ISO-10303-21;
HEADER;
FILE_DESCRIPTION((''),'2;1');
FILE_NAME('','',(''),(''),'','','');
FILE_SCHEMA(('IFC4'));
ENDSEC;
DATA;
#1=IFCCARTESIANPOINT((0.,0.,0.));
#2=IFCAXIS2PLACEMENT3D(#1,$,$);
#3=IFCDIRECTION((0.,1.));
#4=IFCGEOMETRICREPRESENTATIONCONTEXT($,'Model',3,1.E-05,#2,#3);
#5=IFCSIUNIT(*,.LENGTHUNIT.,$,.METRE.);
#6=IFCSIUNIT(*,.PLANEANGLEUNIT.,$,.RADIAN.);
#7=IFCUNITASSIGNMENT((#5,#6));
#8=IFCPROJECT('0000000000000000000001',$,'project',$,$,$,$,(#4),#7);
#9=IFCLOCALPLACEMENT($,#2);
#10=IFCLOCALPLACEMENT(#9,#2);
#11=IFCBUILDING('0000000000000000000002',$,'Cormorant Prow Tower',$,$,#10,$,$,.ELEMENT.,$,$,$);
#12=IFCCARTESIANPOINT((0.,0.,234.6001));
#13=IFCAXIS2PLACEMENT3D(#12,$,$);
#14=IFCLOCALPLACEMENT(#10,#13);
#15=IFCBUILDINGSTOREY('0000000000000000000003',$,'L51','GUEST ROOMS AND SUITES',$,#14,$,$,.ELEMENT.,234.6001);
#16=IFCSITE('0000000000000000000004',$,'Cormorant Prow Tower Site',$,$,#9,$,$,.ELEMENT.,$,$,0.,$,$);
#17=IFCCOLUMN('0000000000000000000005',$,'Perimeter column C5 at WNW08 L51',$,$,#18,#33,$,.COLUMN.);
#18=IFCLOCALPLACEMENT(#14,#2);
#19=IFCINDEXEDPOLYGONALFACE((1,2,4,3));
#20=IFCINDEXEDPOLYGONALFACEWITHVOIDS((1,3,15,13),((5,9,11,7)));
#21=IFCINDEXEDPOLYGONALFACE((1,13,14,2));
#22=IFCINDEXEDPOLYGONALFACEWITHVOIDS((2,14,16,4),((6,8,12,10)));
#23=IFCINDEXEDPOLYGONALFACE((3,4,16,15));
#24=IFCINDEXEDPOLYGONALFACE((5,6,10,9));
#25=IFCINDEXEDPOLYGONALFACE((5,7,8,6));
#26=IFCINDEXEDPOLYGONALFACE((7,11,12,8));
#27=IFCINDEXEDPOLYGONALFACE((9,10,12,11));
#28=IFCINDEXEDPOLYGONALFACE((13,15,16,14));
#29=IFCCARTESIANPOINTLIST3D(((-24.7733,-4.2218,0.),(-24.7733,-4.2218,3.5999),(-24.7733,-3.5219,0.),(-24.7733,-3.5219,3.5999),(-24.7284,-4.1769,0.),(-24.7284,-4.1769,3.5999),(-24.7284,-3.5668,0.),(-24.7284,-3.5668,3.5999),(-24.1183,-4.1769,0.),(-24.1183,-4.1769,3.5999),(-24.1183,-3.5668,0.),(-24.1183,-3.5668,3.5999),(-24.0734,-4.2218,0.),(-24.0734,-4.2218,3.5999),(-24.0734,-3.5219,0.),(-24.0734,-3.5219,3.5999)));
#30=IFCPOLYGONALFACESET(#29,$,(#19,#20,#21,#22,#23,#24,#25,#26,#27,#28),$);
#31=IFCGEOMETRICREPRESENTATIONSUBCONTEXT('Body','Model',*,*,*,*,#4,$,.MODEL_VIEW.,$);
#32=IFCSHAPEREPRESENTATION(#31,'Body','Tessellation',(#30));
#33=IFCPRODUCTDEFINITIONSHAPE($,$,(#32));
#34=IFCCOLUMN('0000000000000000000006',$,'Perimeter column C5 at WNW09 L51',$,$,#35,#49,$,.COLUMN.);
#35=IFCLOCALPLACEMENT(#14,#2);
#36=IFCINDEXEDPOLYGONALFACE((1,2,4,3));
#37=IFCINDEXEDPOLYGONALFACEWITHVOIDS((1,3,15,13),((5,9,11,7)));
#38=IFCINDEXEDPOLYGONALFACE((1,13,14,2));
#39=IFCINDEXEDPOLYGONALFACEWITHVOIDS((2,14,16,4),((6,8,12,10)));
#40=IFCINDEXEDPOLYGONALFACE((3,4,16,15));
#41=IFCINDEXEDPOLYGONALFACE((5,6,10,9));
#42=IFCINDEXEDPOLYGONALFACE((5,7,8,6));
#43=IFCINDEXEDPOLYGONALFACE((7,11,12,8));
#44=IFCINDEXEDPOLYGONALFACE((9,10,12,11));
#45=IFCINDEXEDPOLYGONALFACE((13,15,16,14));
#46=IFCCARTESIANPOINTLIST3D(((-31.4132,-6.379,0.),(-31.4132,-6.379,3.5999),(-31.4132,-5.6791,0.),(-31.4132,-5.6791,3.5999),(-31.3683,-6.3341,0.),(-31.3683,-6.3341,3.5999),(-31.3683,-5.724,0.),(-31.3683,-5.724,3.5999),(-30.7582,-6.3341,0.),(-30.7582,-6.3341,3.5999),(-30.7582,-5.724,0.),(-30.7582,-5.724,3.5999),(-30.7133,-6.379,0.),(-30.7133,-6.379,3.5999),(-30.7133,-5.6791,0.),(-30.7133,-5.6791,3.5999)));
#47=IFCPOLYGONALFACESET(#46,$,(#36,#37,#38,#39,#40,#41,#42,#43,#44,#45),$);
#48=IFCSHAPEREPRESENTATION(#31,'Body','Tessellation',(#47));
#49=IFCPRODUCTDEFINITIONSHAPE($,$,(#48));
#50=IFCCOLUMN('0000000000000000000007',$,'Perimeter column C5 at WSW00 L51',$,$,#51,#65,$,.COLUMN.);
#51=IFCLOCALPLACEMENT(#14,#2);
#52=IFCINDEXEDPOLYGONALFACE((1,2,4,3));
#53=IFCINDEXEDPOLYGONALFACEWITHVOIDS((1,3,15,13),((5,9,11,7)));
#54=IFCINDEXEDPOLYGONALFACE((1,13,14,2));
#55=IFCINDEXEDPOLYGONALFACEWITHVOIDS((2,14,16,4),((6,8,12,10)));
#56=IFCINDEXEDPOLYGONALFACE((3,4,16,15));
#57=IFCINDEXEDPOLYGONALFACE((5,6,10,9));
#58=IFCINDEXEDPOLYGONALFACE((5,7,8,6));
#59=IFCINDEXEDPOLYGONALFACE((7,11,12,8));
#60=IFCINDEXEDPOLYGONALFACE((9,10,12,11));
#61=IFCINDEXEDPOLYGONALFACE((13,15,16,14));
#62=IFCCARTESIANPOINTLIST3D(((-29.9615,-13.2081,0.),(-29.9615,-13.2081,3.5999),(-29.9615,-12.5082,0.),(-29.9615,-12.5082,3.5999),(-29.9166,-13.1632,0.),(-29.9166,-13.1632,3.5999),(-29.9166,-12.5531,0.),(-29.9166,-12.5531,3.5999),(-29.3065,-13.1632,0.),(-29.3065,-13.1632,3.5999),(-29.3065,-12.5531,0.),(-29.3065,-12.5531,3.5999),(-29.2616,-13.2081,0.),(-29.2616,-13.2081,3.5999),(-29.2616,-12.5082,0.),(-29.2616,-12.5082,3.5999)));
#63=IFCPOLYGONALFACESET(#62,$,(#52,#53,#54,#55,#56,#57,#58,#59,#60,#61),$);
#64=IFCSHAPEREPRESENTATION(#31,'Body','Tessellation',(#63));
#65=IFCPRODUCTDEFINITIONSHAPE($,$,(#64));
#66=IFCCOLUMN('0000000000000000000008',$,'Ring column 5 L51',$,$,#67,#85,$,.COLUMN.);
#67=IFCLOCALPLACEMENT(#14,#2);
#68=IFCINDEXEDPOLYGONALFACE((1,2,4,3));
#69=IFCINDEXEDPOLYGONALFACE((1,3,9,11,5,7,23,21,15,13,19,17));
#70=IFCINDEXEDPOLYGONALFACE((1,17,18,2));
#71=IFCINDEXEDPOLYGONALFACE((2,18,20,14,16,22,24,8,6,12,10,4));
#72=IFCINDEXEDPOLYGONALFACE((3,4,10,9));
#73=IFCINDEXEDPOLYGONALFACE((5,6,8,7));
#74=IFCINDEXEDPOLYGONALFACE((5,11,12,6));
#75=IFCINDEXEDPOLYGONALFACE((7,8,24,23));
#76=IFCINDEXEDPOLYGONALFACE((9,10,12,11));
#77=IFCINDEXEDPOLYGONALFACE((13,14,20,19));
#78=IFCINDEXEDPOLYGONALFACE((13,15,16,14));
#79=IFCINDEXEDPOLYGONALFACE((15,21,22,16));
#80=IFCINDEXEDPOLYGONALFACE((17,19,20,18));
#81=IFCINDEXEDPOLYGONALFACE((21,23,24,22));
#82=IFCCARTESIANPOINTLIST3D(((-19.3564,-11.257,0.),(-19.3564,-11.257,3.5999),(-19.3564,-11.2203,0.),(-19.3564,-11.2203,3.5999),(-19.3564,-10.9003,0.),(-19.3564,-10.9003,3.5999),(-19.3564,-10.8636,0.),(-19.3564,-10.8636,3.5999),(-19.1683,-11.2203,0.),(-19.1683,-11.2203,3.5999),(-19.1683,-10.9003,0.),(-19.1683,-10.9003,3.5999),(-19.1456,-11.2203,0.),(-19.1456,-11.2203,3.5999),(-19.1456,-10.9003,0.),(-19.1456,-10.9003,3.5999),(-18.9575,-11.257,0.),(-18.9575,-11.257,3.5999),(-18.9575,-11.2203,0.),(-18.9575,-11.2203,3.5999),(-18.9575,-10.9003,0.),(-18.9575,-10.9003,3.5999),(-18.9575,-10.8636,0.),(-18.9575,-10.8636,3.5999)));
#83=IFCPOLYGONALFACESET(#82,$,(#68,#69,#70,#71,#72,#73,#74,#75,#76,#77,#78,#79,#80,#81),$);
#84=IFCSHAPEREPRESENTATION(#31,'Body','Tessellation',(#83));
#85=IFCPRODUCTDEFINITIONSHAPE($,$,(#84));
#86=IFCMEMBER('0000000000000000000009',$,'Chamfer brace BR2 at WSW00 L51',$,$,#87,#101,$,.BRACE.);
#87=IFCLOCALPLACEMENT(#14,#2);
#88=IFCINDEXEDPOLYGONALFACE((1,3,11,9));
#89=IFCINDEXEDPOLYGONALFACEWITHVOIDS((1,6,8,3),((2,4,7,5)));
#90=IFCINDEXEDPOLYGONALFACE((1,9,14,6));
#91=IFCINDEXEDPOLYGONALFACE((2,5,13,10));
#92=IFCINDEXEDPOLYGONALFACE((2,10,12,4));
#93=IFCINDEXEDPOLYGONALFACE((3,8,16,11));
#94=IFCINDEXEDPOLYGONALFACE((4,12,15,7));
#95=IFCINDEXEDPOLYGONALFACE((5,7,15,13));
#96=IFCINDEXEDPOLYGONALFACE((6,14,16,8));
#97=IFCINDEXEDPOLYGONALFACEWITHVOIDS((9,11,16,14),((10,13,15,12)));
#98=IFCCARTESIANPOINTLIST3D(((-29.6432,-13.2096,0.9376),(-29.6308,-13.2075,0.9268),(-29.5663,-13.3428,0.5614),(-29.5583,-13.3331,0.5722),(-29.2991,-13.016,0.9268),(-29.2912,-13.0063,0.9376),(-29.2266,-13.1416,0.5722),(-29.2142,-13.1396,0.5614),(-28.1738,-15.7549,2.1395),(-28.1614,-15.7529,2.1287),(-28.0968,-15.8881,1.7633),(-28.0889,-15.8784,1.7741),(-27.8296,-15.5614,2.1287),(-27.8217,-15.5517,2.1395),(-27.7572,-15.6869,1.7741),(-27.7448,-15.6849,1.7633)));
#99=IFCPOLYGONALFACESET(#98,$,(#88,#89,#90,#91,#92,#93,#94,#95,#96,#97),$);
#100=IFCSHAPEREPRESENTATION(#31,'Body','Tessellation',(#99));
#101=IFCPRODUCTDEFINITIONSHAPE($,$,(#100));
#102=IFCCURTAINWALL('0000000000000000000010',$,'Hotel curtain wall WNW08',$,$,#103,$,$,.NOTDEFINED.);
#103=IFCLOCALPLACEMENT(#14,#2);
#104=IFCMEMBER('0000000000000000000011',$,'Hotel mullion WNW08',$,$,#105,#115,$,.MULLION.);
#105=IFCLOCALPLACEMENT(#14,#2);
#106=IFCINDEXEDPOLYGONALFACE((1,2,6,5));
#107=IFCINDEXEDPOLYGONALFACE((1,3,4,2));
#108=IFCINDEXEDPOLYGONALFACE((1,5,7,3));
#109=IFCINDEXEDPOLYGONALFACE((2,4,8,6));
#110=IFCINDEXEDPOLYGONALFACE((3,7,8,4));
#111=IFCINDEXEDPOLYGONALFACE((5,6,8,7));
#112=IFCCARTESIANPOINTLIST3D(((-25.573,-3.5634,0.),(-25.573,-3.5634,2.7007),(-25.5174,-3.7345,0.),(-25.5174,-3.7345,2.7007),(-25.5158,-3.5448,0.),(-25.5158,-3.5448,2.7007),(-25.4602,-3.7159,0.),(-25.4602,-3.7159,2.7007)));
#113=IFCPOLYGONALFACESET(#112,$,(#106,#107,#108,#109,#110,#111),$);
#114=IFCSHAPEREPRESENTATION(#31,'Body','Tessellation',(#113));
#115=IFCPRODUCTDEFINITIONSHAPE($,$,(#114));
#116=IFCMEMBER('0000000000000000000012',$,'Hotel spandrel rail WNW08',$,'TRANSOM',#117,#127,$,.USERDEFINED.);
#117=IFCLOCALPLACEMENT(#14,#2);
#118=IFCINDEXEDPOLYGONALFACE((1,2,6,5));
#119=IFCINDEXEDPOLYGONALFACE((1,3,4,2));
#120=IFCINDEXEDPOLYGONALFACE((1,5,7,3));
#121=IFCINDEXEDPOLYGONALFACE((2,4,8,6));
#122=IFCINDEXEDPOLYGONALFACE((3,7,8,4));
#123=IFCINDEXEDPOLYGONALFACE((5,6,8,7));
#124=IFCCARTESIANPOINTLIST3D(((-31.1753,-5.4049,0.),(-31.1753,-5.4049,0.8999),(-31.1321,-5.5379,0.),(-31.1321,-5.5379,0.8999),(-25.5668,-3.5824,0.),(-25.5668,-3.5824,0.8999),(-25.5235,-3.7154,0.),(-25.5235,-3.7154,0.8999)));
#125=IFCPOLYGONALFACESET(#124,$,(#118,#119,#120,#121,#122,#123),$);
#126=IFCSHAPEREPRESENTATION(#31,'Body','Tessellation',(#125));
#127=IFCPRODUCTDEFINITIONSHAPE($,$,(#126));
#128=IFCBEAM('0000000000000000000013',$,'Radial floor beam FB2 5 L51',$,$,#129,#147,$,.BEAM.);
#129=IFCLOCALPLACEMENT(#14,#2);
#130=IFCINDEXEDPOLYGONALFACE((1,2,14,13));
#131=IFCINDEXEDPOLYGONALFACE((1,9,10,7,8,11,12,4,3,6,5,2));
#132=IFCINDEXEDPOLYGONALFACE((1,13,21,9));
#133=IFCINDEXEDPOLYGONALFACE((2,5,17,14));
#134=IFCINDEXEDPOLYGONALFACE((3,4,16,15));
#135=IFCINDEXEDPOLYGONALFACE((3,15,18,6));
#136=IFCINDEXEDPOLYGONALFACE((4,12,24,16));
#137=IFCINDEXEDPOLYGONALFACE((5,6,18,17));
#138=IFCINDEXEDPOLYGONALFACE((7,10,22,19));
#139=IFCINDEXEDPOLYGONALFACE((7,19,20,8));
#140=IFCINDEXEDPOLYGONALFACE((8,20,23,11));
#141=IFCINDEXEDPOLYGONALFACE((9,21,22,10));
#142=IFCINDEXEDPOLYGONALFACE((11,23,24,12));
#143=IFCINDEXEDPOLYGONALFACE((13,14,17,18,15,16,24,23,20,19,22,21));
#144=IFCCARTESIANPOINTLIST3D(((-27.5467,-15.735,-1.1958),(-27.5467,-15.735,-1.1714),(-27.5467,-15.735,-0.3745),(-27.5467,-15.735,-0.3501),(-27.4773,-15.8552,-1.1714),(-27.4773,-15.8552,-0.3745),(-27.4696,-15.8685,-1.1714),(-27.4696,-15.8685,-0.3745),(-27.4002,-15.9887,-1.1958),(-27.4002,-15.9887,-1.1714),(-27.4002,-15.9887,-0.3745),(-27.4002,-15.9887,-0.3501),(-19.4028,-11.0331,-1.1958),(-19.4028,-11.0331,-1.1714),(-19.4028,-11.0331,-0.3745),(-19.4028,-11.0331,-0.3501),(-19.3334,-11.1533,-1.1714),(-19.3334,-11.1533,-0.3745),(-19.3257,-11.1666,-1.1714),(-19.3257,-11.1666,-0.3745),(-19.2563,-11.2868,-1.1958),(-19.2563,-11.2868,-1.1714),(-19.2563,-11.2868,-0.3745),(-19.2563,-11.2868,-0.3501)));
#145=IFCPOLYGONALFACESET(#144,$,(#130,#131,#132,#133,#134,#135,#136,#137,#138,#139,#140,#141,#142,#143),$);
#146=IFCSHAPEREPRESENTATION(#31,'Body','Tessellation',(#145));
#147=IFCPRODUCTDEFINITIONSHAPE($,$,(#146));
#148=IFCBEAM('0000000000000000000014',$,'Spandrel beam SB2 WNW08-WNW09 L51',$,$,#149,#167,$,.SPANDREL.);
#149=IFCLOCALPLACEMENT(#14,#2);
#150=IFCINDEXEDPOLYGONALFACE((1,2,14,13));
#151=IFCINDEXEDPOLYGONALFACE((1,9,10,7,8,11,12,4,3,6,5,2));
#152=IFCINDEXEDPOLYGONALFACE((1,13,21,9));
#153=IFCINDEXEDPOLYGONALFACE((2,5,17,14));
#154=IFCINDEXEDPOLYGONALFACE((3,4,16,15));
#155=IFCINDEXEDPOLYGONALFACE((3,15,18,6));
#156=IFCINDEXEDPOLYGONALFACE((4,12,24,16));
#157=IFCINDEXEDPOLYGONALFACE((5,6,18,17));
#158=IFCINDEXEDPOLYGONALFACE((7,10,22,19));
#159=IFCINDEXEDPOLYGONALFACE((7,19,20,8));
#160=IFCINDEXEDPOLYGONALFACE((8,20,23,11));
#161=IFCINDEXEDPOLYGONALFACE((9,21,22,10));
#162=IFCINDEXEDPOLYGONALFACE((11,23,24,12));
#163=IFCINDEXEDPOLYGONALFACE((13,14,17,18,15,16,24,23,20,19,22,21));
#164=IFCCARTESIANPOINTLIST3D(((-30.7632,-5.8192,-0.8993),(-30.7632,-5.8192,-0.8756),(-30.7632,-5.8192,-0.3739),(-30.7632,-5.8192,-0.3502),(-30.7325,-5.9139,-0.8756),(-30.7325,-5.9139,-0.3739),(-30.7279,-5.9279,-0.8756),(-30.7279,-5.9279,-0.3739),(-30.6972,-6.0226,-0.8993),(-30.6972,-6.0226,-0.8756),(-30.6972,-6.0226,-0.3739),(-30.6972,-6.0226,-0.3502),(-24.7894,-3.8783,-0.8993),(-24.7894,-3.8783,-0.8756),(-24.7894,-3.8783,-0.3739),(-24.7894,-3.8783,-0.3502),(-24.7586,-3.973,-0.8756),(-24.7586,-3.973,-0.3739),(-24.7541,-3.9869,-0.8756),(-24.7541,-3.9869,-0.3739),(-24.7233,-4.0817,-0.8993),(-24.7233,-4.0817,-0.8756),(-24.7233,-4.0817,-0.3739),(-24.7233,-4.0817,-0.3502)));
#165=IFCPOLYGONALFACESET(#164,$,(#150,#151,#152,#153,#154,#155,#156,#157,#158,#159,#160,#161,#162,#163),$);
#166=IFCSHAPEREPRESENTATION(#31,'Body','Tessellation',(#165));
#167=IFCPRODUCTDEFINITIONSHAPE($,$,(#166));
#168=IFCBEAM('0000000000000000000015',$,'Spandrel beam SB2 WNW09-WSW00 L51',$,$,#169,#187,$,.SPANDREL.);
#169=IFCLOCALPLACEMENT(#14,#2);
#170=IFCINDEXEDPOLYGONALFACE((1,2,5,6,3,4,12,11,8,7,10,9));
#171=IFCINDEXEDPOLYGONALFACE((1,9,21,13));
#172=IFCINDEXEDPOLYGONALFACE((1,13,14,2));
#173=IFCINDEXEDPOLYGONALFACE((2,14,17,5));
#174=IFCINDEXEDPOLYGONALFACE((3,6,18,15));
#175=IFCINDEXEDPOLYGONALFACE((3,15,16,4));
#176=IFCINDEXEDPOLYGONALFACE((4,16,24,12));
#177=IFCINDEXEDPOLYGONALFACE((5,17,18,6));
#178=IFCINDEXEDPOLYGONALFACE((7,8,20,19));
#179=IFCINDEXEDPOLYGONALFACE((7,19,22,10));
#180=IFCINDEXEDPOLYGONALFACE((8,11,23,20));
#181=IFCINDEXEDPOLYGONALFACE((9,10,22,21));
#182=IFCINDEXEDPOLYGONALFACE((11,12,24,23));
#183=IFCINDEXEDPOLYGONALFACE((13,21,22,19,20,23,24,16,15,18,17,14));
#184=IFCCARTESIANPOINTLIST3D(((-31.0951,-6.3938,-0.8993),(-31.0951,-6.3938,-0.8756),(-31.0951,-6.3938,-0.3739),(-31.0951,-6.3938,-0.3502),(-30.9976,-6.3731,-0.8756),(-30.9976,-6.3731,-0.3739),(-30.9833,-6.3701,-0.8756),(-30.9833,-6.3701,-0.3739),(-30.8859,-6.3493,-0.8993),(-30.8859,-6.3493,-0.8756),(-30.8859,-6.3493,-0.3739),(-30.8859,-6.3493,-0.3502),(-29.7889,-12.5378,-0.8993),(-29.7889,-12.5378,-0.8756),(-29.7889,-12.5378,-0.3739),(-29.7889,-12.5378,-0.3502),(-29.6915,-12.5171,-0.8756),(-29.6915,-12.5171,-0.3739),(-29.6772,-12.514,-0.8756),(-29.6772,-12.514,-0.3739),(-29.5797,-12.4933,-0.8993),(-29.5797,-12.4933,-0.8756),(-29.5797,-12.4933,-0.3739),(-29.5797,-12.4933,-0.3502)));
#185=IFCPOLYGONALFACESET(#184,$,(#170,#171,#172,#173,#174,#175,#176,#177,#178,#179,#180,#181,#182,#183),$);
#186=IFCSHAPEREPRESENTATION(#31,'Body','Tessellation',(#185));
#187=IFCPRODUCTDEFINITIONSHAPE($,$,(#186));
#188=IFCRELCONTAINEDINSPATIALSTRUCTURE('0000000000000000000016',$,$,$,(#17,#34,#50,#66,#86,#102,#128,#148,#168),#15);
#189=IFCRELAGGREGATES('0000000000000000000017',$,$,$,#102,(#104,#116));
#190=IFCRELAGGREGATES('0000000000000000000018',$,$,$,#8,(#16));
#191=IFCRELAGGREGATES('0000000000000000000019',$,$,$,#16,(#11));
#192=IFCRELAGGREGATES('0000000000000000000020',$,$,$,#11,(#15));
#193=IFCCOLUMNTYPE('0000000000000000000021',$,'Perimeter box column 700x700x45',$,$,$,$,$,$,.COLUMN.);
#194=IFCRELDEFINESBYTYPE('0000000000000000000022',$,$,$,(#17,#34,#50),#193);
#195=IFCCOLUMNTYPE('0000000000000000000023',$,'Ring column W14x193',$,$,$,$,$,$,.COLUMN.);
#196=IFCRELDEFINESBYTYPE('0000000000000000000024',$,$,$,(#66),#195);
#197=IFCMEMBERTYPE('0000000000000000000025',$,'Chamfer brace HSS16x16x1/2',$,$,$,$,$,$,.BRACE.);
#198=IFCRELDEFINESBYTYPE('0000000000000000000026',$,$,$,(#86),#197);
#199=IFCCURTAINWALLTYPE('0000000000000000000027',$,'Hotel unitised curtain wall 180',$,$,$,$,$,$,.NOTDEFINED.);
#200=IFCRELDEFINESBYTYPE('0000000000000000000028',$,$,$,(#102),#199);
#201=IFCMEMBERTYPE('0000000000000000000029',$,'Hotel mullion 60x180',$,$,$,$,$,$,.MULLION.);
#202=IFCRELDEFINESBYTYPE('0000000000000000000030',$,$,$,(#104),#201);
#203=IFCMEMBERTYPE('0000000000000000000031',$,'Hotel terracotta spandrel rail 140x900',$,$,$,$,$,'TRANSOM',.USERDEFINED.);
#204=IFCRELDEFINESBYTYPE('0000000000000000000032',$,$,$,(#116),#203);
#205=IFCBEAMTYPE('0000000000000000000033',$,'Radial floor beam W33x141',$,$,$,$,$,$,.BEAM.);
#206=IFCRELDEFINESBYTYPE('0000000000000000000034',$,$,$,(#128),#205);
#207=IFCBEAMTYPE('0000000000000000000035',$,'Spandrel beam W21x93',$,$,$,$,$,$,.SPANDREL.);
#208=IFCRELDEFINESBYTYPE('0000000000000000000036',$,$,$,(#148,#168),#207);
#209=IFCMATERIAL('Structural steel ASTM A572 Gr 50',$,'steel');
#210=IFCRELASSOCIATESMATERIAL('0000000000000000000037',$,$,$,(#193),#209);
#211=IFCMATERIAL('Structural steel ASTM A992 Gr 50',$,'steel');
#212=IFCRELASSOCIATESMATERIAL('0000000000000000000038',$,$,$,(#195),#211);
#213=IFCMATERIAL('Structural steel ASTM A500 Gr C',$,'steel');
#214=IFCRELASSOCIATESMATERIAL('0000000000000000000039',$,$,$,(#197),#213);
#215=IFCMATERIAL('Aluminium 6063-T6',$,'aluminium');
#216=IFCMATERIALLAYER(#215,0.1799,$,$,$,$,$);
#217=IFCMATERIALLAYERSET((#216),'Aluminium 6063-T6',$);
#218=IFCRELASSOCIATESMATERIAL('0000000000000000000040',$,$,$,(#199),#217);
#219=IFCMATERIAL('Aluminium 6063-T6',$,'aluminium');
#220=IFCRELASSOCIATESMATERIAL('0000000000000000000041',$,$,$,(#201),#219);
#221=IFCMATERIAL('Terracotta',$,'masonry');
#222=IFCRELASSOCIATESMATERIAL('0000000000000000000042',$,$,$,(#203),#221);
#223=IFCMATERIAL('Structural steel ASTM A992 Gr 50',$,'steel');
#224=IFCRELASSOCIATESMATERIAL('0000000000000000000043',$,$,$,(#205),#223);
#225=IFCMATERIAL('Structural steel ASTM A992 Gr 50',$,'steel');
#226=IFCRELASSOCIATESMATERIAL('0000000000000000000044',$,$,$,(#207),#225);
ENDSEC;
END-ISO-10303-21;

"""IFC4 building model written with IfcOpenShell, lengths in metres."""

from ifc_helpers import new_model, si_unit, direction, frame, origin, origin_2d, place, context, subcontext, project, spatial, rectangle, hollow_rectangle, i_section, extrude, material, layer, layer_set, material_profile, profile_set, type_object, element, aggregate, save


model = new_model("IFC4")

# Units and contexts
model_context = context("Model", 3, precision=1e-05, world=origin(), true_north=direction((0.0, 1.0)))
body_context = subcontext(model_context, "Body", "Model", "MODEL_VIEW")
ifc_project = project(units=[si_unit("LENGTHUNIT", "METRE"), si_unit("PLANEANGLEUNIT", "RADIAN")], contexts=[model_context])

# Site, building, storey
site_placement = place(None, origin())
site = spatial("IfcSite", under=ifc_project, at=site_placement, Name="Cormorant Prow Tower Site", CompositionType="ELEMENT", RefElevation=0.0)
building_placement = place(site_placement, origin())
building = spatial("IfcBuilding", under=site, at=building_placement, Name="Cormorant Prow Tower", CompositionType="ELEMENT")
storey_placement = place(building_placement, frame((0.0, 0.0, 234.6001)))
storey = spatial("IfcBuildingStorey", under=building, at=storey_placement, Name="L51", Description="GUEST ROOMS AND SUITES", CompositionType="ELEMENT", Elevation=234.6001)

# Columns
ifc_material_1 = material(Name="Structural steel ASTM A572 Gr 50", Category="steel")
ifc_material_profile_1 = material_profile(ifc_material_1, hollow_rectangle(XDim=0.7, YDim=0.7, WallThickness=0.0449, at=origin_2d()), Name="Box 700x700x45")
ifc_profile_set_1 = profile_set([ifc_material_profile_1], Name="Structural steel ASTM A572 Gr 50")
column_type_1 = type_object("IfcColumnType", Name="Perimeter box column 700x700x45", PredefinedType="COLUMN", material=ifc_profile_set_1)
for number, where, z_axis, x_axis, name in (
    (1, (-24.4233, -3.8718, 0.0), (0.0, 0.0, 1.0), (1.0, 0.0, 0.0), "Perimeter column C5 at WNW08 L51"),
    (2, (-31.0632, -6.0291, 0.0), (0.0, 0.0, 1.0), (1.0, 0.0, 0.0), "Perimeter column C5 at WNW09 L51"),
    (3, (-29.6116, -12.8582, 0.0), (0.0, 0.0, 1.0), (1.0, 0.0, 0.0), "Perimeter column C5 at WSW00 L51"),
):
    element("IfcColumn", number, at=place(storey_placement, frame(where, z_axis=z_axis, x_axis=x_axis)), inside=storey, type_object=column_type_1, Name=name, PredefinedType="COLUMN", context=body_context, shape_type="SweptSolid", body=[
        extrude(hollow_rectangle(XDim=0.7, YDim=0.7, WallThickness=0.0449, at=origin_2d()), origin(), (0.0, 0.0, 1.0), 3.5999),
    ])
ifc_material_2 = material(Name="Structural steel ASTM A992 Gr 50", Category="steel")
ifc_material_profile_2 = material_profile(ifc_material_2, i_section(OverallWidth=0.3989, OverallDepth=0.3933, WebThickness=0.0227, FlangeThickness=0.0366, at=origin_2d()), Name="W14x193")
ifc_profile_set_2 = profile_set([ifc_material_profile_2], Name="Structural steel ASTM A992 Gr 50")
column_type_2 = type_object("IfcColumnType", Name="Ring column W14x193", PredefinedType="COLUMN", material=ifc_profile_set_2)
column_placement = place(storey_placement, frame((-19.157, -11.0603, 0.0), z_axis=(0.0, 0.0, 1.0), x_axis=(1.0, 0.0, 0.0)))
element("IfcColumn", 4, at=column_placement, inside=storey, type_object=column_type_2, Name="Ring column 5 L51", PredefinedType="COLUMN", context=body_context, shape_type="SweptSolid", body=[
    extrude(i_section(OverallWidth=0.3989, OverallDepth=0.3933, WebThickness=0.0227, FlangeThickness=0.0366, at=origin_2d()), origin(), (0.0, 0.0, 1.0), 3.5999),
])

# Member
ifc_material_3 = material(Name="Structural steel ASTM A500 Gr C", Category="steel")
ifc_material_profile_3 = material_profile(ifc_material_3, hollow_rectangle(XDim=0.4065, YDim=0.4065, WallThickness=0.0117, at=origin_2d()), Name="HSS16x16x1/2")
ifc_profile_set_3 = profile_set([ifc_material_profile_3], Name="Structural steel ASTM A500 Gr C")
member_type_1 = type_object("IfcMemberType", Name="Chamfer brace HSS16x16x1/2", PredefinedType="BRACE", material=ifc_profile_set_3)
member_1_placement = place(storey_placement, frame((-29.4287, -13.1746, 0.7495), z_axis=(0.462773, -0.801607, 0.378507), x_axis=(0.866042, 0.499972, 0.0)))
element("IfcMember", 5, at=member_1_placement, inside=storey, type_object=member_type_1, Name="Chamfer brace BR2 at WSW00 L51", PredefinedType="BRACE", context=body_context, shape_type="SweptSolid", body=[
    extrude(hollow_rectangle(XDim=0.4065, YDim=0.4065, WallThickness=0.0117, at=origin_2d()), origin(), (0.0, 0.0, 1.0), 3.1753),
])

# Curtain wall, members
ifc_material_4 = material(Name="Aluminium 6063-T6", Category="aluminium")
ifc_layer_1 = layer(ifc_material_4, 0.1799)
ifc_layer_set_1 = layer_set([ifc_layer_1], Name="Aluminium 6063-T6")
curtain_wall_type = type_object("IfcCurtainWallType", Name="Hotel unitised curtain wall 180", PredefinedType="NOTDEFINED", material=ifc_layer_set_1)
curtain_wall_placement = place(storey_placement, origin())
curtain_wall = element("IfcCurtainWall", 6, at=curtain_wall_placement, inside=storey, type_object=curtain_wall_type, Name="Hotel curtain wall WNW08", PredefinedType="NOTDEFINED")
ifc_material_5 = material(Name="Aluminium 6063-T6", Category="aluminium")
ifc_material_profile_4 = material_profile(ifc_material_5, rectangle(XDim=0.1799, YDim=0.0601, at=origin_2d()), Name="Hotel mullion 60x180")
ifc_profile_set_4 = profile_set([ifc_material_profile_4], Name="Aluminium 6063-T6")
member_type_2 = type_object("IfcMemberType", Name="Hotel mullion 60x180", PredefinedType="MULLION", material=ifc_profile_set_4)
member_2_placement = place(storey_placement, frame((-25.5166, -3.6396, 0.0), z_axis=(0.0, 0.0, 1.0), x_axis=(0.309017, -0.951057, 0.0)))
member_2 = element("IfcMember", 7, at=member_2_placement, type_object=member_type_2, Name="Hotel mullion WNW08", PredefinedType="MULLION", context=body_context, shape_type="SweptSolid", body=[
    extrude(rectangle(XDim=0.1799, YDim=0.0601, at=origin_2d()), origin(), (0.0, 0.0, 1.0), 2.7007),
])
ifc_material_6 = material(Name="Terracotta", Category="masonry")
ifc_material_profile_5 = material_profile(ifc_material_6, rectangle(XDim=0.1399, YDim=0.8999, at=origin_2d()), Name="Hotel terracotta spandrel rail 140x900")
ifc_profile_set_5 = profile_set([ifc_material_profile_5], Name="Terracotta")
member_type_3 = type_object("IfcMemberType", Name="Hotel terracotta spandrel rail 140x900", ElementType="TRANSOM", PredefinedType="USERDEFINED", material=ifc_profile_set_5)
member_3_placement = place(storey_placement, frame((-25.5452, -3.6489, 0.45), z_axis=(-0.951049, -0.30904, 0.0), x_axis=(0.30904, -0.951049, 0.0)))
member_3 = element("IfcMember", 8, at=member_3_placement, type_object=member_type_3, Name="Hotel spandrel rail WNW08", ObjectType="TRANSOM", PredefinedType="USERDEFINED", context=body_context, shape_type="SweptSolid", body=[
    extrude(rectangle(XDim=0.1399, YDim=0.8999, at=origin_2d()), origin(), (0.0, 0.0, 1.0), 5.8972),
])

# Beams
ifc_material_7 = material(Name="Structural steel ASTM A992 Gr 50", Category="steel")
ifc_material_profile_6 = material_profile(ifc_material_7, i_section(OverallWidth=0.293, OverallDepth=0.8457, WebThickness=0.0154, FlangeThickness=0.0244, at=origin_2d()), Name="W33x141")
ifc_profile_set_6 = profile_set([ifc_material_profile_6], Name="Structural steel ASTM A992 Gr 50")
beam_type_1 = type_object("IfcBeamType", Name="Radial floor beam W33x141", PredefinedType="BEAM", material=ifc_profile_set_6)
beam_1_placement = place(storey_placement, frame((-19.3296, -11.1599, -0.7729), z_axis=(-0.866022, -0.500006, 0.0), x_axis=(0.500006, -0.866022, 0.0)))
element("IfcBeam", 9, at=beam_1_placement, inside=storey, type_object=beam_type_1, Name="Radial floor beam FB2 5 L51", PredefinedType="BEAM", context=body_context, shape_type="SweptSolid", body=[
    extrude(i_section(OverallWidth=0.293, OverallDepth=0.8457, WebThickness=0.0154, FlangeThickness=0.0244, at=origin_2d()), origin(), (0.0, 0.0, 1.0), 9.4038),
])
ifc_material_8 = material(Name="Structural steel ASTM A992 Gr 50", Category="steel")
ifc_material_profile_7 = material_profile(ifc_material_8, i_section(OverallWidth=0.2139, OverallDepth=0.5491, WebThickness=0.0146, FlangeThickness=0.0237, at=origin_2d()), Name="W21x93")
ifc_profile_set_7 = profile_set([ifc_material_profile_7], Name="Structural steel ASTM A992 Gr 50")
beam_type_2 = type_object("IfcBeamType", Name="Spandrel beam W21x93", PredefinedType="SPANDREL", material=ifc_profile_set_7)
for number, where, z_axis, x_axis, name in (
    (10, (-24.7563, -3.98, -0.6248), (-0.951062, -0.309001, 0.0), (0.309001, -0.951062, 0.0), "Spandrel beam SB2 WNW08-WNW09 L51"),
    (11, (-30.9905, -6.3716, -0.6248), (0.207941, -0.978141, 0.0), (0.978141, 0.207941, 0.0), "Spandrel beam SB2 WNW09-WSW00 L51"),
):
    element("IfcBeam", number, at=place(storey_placement, frame(where, z_axis=z_axis, x_axis=x_axis)), inside=storey, type_object=beam_type_2, Name=name, PredefinedType="SPANDREL", context=body_context, shape_type="SweptSolid", body=[
        extrude(i_section(OverallWidth=0.2139, OverallDepth=0.5491, WebThickness=0.0146, FlangeThickness=0.0237, at=origin_2d()), origin(), (0.0, 0.0, 1.0), 6.2812),
    ])

aggregate(curtain_wall, [member_2, member_3])

save(model, "model.ifc")
